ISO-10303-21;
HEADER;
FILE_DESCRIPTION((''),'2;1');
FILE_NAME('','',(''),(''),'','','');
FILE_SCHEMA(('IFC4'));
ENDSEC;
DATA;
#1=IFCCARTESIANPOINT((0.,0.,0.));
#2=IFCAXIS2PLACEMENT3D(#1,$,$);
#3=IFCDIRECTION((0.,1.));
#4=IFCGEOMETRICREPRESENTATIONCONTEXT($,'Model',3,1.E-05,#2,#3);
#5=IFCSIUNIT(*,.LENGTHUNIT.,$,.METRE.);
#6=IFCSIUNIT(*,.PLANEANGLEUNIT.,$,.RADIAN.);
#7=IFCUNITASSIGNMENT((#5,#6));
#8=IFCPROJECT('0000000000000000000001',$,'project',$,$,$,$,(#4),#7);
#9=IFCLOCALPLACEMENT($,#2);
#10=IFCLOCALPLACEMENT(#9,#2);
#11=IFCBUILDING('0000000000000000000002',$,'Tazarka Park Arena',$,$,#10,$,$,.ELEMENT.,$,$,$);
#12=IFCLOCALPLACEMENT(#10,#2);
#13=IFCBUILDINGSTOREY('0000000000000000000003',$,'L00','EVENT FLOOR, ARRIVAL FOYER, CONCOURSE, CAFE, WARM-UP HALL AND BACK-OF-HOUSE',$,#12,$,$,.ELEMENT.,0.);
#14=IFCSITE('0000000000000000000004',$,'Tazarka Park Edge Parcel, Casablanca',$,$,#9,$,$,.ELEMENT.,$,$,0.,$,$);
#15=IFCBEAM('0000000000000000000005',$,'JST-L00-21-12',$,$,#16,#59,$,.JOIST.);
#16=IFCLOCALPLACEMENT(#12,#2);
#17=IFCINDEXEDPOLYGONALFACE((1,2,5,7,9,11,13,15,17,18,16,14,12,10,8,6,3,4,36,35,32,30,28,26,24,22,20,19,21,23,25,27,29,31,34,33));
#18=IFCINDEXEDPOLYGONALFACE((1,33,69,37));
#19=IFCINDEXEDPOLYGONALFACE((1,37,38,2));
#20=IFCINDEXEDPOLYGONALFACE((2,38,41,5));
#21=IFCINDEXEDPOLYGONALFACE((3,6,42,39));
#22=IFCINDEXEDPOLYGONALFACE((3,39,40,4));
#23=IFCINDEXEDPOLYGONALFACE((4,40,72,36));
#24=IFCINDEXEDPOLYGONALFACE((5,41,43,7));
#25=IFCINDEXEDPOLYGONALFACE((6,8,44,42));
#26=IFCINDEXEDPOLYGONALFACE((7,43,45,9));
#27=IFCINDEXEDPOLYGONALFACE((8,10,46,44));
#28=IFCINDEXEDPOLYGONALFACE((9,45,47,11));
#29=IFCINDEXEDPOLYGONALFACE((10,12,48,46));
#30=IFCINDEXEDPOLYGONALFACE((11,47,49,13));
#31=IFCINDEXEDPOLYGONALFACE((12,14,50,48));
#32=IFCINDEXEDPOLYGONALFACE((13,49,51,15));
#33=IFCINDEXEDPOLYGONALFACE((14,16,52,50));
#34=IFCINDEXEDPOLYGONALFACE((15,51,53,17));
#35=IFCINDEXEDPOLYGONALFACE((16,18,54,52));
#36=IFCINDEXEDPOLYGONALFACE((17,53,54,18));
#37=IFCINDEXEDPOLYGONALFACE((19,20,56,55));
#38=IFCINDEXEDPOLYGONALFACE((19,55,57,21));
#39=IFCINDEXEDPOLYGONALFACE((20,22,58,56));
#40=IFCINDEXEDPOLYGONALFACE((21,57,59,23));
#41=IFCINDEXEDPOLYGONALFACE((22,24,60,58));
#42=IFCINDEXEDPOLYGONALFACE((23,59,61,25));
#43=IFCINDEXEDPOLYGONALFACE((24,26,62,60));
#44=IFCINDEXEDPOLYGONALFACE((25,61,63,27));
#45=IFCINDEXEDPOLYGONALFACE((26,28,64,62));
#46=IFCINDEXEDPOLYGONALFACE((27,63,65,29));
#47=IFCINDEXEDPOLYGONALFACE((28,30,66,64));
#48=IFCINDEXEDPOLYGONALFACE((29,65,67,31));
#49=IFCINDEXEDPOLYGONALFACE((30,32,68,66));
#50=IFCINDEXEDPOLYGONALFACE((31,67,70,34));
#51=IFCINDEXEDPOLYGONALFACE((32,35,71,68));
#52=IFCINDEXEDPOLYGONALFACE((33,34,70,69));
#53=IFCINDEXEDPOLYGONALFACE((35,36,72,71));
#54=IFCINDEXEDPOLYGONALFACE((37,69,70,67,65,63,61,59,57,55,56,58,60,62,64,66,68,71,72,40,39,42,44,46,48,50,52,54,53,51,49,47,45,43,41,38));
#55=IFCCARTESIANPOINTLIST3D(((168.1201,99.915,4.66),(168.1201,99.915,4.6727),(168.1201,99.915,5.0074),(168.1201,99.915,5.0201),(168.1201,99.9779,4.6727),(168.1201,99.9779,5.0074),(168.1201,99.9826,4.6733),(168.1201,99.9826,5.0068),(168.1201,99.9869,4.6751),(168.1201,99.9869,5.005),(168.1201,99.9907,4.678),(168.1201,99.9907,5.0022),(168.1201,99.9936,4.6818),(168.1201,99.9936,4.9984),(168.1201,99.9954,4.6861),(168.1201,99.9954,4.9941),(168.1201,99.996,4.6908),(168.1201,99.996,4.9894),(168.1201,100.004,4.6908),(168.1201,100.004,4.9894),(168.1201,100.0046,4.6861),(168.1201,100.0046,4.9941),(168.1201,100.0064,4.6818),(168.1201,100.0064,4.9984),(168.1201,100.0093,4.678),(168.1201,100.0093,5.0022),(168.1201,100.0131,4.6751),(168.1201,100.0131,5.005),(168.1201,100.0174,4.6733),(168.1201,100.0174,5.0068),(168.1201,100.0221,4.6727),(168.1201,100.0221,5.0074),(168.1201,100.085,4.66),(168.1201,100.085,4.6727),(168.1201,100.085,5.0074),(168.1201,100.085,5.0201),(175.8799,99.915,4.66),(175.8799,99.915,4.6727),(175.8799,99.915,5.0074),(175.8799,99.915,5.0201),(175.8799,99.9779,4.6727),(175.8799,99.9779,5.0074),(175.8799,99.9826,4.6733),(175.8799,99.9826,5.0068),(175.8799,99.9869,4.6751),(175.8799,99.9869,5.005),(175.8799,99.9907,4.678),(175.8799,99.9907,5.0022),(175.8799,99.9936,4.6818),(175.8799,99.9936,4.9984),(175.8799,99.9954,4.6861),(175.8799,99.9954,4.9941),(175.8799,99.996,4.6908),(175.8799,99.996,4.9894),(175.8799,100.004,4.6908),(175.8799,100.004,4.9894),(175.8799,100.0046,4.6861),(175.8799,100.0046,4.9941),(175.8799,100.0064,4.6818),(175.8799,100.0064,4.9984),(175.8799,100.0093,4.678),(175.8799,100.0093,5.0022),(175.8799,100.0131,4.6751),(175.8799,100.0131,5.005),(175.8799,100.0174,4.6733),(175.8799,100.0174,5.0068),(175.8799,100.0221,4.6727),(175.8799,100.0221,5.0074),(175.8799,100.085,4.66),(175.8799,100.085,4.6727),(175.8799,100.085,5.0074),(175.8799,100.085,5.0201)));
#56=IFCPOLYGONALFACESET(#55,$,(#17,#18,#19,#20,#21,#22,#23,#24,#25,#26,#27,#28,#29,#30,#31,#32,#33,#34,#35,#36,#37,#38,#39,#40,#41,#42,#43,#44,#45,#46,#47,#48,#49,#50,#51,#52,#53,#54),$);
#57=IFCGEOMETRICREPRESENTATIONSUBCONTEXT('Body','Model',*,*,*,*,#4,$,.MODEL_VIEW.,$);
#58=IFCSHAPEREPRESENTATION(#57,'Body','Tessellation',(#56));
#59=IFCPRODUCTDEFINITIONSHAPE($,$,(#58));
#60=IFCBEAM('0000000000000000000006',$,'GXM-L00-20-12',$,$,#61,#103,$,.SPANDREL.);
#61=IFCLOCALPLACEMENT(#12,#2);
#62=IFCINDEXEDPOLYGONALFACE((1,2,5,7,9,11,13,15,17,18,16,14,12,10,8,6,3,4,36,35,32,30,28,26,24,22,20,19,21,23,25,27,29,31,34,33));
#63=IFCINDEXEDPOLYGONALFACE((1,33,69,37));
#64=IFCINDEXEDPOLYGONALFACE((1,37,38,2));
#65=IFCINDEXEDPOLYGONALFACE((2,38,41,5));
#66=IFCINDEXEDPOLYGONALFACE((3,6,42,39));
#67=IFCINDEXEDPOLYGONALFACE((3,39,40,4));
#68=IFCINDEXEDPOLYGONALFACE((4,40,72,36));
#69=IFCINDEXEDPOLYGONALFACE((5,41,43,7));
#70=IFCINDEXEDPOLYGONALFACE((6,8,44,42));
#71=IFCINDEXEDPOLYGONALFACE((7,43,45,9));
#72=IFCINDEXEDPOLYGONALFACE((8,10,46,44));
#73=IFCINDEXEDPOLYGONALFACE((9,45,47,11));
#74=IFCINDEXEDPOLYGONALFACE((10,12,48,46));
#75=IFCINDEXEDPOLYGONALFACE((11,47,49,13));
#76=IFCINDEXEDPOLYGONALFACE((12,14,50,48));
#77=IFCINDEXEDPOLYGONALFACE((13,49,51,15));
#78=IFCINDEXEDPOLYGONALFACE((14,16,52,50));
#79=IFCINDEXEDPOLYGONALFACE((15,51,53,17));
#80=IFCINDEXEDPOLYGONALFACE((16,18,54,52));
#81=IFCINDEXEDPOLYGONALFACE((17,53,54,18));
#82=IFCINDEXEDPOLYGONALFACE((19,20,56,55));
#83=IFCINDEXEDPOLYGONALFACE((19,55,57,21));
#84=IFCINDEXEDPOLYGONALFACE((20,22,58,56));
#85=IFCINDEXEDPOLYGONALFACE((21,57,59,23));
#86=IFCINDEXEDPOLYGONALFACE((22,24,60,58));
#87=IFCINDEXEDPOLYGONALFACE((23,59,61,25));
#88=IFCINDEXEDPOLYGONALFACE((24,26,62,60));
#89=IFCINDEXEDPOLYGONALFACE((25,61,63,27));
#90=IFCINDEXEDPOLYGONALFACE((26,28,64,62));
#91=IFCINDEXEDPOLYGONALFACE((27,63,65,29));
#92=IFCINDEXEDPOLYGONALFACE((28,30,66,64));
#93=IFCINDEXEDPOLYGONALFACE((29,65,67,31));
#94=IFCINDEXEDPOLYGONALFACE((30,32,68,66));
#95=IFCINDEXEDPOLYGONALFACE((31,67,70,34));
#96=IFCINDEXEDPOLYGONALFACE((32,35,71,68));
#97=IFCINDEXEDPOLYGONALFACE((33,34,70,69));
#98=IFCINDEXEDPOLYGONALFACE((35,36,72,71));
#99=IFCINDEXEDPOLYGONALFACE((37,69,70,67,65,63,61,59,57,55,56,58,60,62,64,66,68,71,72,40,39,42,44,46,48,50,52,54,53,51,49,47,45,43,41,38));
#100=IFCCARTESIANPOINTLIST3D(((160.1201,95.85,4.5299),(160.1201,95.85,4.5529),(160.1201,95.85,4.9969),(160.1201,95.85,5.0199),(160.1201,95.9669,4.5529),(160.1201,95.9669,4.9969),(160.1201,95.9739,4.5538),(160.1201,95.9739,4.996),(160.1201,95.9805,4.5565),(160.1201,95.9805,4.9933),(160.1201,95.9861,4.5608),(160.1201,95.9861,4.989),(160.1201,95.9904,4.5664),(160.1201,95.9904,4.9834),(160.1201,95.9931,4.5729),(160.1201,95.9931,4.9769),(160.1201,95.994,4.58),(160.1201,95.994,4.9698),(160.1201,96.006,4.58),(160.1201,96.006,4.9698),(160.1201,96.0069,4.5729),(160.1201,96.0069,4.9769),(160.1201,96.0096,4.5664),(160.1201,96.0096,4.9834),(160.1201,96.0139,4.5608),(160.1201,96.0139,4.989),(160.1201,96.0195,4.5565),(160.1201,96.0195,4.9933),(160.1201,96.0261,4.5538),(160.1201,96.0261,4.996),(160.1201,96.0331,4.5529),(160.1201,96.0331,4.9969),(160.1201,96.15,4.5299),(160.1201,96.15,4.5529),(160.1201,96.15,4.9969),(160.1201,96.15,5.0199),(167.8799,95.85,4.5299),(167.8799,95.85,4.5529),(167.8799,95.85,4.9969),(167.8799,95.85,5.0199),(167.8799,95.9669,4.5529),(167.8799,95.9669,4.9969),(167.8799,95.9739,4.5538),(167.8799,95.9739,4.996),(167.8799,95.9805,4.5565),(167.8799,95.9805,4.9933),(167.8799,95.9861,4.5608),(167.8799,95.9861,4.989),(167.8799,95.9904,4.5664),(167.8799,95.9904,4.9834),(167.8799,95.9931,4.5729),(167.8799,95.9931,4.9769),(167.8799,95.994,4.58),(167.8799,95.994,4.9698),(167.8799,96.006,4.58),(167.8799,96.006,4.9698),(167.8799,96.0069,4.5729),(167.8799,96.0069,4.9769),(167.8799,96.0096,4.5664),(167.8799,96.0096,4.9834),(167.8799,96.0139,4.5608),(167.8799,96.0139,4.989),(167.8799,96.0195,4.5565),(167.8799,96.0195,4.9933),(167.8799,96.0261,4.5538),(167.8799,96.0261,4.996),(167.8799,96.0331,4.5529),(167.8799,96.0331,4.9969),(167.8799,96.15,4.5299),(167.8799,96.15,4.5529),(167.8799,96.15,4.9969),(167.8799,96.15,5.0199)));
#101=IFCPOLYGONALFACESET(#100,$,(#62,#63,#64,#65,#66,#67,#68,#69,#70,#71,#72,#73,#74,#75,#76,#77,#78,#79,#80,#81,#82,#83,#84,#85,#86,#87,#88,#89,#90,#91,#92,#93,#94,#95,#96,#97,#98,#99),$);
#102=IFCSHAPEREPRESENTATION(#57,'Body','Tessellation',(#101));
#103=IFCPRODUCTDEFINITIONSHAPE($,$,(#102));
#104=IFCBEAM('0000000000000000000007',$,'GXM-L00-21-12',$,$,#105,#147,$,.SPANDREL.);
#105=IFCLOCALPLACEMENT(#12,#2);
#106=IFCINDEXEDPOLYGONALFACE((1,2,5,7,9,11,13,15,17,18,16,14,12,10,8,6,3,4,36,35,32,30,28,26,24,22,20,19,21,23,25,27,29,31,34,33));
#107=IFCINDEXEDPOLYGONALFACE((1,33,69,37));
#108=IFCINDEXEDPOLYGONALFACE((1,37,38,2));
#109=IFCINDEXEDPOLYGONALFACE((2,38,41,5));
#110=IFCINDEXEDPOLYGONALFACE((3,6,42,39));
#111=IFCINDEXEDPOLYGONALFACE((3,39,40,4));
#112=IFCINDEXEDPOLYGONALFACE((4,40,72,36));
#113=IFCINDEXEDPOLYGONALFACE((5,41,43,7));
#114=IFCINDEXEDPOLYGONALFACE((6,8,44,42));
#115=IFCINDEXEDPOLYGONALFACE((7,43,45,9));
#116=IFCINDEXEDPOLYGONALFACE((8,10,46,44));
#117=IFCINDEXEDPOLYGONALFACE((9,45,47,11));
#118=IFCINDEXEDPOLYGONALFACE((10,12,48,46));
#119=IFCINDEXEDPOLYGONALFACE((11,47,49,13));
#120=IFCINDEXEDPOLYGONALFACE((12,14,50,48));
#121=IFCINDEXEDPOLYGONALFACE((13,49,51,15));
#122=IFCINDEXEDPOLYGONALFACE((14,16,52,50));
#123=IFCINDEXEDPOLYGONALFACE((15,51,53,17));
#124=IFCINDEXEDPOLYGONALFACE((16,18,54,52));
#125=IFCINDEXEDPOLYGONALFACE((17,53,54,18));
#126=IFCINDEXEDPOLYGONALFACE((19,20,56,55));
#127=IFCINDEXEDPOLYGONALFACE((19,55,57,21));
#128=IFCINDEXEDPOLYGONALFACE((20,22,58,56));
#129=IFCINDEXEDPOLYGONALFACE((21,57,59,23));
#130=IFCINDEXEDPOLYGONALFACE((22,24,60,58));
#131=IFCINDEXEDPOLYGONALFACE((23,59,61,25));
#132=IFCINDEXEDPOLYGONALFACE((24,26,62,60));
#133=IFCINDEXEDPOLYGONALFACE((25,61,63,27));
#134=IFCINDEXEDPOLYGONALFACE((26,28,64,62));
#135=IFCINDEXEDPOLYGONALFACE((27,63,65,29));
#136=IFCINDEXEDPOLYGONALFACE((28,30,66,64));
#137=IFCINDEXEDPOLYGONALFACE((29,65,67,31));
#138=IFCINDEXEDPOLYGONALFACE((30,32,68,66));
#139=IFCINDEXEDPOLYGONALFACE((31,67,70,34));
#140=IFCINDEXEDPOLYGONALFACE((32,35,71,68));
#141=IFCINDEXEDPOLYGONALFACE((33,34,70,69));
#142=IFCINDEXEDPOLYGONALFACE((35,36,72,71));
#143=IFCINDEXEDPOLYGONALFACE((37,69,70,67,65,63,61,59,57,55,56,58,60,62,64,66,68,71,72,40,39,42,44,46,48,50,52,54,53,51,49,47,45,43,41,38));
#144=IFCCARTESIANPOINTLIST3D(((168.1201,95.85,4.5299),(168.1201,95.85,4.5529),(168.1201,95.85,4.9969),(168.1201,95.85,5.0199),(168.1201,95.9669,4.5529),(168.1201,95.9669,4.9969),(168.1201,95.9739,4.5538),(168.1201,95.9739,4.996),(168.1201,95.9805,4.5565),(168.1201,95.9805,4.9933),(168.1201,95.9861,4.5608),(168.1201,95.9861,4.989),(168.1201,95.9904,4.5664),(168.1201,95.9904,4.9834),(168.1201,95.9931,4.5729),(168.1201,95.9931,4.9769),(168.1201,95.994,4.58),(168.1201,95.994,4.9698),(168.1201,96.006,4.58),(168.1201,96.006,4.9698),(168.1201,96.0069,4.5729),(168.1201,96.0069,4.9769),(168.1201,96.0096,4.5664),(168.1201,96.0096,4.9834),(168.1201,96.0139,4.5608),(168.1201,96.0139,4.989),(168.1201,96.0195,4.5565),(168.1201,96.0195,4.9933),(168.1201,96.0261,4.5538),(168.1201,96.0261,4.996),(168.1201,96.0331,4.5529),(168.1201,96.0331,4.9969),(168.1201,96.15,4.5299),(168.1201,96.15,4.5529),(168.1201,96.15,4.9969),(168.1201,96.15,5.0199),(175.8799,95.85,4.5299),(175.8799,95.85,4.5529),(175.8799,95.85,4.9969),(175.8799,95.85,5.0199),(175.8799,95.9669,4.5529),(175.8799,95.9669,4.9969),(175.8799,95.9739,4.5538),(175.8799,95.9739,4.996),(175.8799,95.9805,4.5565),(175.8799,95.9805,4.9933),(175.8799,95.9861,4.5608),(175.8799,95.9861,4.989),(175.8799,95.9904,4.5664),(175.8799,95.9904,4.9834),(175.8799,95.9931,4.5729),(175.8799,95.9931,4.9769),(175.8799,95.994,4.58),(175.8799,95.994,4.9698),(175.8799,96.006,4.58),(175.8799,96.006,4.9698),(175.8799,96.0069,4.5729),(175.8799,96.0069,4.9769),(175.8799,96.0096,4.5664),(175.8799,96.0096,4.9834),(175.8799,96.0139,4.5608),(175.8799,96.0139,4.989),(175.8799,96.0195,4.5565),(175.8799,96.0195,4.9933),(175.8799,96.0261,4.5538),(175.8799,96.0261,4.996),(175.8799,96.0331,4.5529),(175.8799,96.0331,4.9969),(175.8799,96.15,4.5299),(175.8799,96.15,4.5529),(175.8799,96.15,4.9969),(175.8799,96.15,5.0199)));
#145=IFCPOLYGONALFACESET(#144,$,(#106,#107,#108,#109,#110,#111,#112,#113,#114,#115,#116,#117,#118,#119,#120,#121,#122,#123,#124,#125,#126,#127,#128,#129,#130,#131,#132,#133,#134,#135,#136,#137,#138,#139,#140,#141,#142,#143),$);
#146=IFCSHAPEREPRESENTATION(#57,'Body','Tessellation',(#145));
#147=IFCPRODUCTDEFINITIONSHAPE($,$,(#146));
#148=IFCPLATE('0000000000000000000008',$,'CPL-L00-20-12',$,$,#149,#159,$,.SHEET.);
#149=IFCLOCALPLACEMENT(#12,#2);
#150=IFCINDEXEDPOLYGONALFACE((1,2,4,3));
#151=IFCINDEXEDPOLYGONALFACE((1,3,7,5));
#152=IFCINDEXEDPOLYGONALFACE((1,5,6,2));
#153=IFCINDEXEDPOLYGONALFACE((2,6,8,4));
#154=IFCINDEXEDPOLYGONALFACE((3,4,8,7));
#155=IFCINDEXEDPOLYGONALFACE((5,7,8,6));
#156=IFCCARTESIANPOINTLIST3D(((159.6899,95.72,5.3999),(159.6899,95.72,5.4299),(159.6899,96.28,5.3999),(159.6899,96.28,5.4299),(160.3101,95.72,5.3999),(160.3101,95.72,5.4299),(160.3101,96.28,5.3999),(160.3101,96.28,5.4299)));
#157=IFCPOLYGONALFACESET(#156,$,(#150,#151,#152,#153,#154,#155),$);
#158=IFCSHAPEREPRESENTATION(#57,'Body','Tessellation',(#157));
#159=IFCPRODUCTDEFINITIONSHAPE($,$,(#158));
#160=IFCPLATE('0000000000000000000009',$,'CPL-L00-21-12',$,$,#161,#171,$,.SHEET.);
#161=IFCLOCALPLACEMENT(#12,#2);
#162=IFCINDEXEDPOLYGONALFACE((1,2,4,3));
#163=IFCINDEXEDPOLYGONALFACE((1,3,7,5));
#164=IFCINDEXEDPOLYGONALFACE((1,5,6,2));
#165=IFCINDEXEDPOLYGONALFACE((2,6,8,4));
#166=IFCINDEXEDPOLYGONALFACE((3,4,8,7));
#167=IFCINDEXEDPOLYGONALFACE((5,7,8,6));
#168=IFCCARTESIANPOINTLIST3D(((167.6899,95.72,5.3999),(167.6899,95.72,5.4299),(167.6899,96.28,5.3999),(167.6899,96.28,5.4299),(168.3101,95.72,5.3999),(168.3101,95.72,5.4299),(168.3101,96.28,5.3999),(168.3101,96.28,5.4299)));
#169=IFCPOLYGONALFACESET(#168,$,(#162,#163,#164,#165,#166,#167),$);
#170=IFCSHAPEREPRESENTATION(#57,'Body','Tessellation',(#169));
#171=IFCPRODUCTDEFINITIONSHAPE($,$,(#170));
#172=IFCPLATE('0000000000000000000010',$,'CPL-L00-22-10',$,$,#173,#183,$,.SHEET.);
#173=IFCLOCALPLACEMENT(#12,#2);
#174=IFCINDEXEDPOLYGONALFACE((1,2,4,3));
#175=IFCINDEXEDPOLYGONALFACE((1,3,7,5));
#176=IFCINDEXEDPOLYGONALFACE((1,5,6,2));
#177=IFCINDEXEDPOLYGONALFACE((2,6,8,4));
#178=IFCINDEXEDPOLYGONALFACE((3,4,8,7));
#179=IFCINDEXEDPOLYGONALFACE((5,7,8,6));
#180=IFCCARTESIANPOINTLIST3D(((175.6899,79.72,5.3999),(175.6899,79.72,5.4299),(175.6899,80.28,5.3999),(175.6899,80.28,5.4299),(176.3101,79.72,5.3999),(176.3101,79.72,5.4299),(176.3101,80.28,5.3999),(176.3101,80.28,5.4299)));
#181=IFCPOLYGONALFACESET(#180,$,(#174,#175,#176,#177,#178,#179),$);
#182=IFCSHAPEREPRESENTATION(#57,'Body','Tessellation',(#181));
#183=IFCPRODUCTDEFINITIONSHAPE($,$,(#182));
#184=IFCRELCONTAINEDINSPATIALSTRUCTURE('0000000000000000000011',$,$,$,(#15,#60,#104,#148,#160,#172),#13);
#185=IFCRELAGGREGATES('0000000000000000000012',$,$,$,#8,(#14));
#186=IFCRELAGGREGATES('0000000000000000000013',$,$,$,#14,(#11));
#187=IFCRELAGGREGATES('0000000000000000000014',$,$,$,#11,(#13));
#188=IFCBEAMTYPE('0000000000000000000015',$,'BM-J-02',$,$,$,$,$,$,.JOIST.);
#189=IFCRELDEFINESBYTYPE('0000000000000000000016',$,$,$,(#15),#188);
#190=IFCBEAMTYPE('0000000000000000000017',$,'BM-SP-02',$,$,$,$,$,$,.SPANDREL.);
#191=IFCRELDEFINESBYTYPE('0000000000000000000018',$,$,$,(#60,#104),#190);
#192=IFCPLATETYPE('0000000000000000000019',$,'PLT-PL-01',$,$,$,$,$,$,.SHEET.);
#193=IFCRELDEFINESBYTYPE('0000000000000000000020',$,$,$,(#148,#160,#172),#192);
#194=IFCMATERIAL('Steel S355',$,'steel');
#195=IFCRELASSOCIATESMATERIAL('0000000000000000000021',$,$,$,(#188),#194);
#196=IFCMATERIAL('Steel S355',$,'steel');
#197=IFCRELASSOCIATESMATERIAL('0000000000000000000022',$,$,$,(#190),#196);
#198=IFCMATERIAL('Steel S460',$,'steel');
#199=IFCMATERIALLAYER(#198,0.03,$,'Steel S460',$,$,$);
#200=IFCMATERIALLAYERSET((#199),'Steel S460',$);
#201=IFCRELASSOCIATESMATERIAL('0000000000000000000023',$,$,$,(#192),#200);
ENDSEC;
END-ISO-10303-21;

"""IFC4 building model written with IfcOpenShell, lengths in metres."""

from ifc_helpers import new_model, si_unit, direction, frame, origin, origin_2d, place, context, subcontext, project, spatial, rectangle, i_section, extrude, material, layer, layer_set, material_profile, profile_set, type_object, element, save


model = new_model("IFC4")

# Units and contexts
model_context = context("Model", 3, precision=1e-05, world=origin(), true_north=direction((0.0, 1.0)))
body_context = subcontext(model_context, "Body", "Model", "MODEL_VIEW")
ifc_project = project(units=[si_unit("LENGTHUNIT", "METRE"), si_unit("PLANEANGLEUNIT", "RADIAN")], contexts=[model_context])

# Site, building, storey
site_placement = place(None, origin())
site = spatial("IfcSite", under=ifc_project, at=site_placement, Name="Tazarka Park Edge Parcel, Casablanca", CompositionType="ELEMENT", RefElevation=0.0)
building_placement = place(site_placement, origin())
building = spatial("IfcBuilding", under=site, at=building_placement, Name="Tazarka Park Arena", CompositionType="ELEMENT")
storey_placement = place(building_placement, origin())
storey = spatial("IfcBuildingStorey", under=building, at=storey_placement, Name="L00", Description="EVENT FLOOR, ARRIVAL FOYER, CONCOURSE, CAFE, WARM-UP HALL AND BACK-OF-HOUSE", CompositionType="ELEMENT", Elevation=0.0)

# Beams
ifc_material_1 = material(Name="Steel S355", Category="steel")
ifc_material_profile_1 = material_profile(ifc_material_1, i_section(OverallWidth=0.1699, OverallDepth=0.3601, WebThickness=0.0081, FlangeThickness=0.0127, FilletRadius=0.0181, at=origin_2d()), Name="Steel S355")
ifc_profile_set_1 = profile_set([ifc_material_profile_1], Name="Steel S355")
beam_type_1 = type_object("IfcBeamType", Name="BM-J-02", PredefinedType="JOIST", material=ifc_profile_set_1)
beam_1_placement = place(storey_placement, frame((168.1201, 100.0, 4.8401), z_axis=(1.0, 0.0, 0.0), x_axis=(0.0, 1.0, 0.0)))
element("IfcBeam", 1, at=beam_1_placement, inside=storey, type_object=beam_type_1, Name="JST-L00-21-12", PredefinedType="JOIST", context=body_context, shape_type="SweptSolid", body=[
    extrude(i_section(OverallWidth=0.1699, OverallDepth=0.3601, WebThickness=0.0081, FlangeThickness=0.0127, FilletRadius=0.0181, at=origin_2d()), origin(), (0.0, 0.0, 1.0), 7.7598),
])
ifc_material_2 = material(Name="Steel S355", Category="steel")
ifc_material_profile_2 = material_profile(ifc_material_2, i_section(OverallWidth=0.3, OverallDepth=0.49, WebThickness=0.012, FlangeThickness=0.0229, FilletRadius=0.0271, at=origin_2d()), Name="Steel S355")
ifc_profile_set_2 = profile_set([ifc_material_profile_2], Name="Steel S355")
beam_type_2 = type_object("IfcBeamType", Name="BM-SP-02", PredefinedType="SPANDREL", material=ifc_profile_set_2)
for number, where, z_axis, x_axis, name in (
    (2, (160.1201, 96.0, 4.7749), (1.0, 0.0, 0.0), (0.0, 1.0, 0.0), "GXM-L00-20-12"),
    (3, (168.1201, 96.0, 4.7749), (1.0, 0.0, 0.0), (0.0, 1.0, 0.0), "GXM-L00-21-12"),
):
    element("IfcBeam", number, at=place(storey_placement, frame(where, z_axis=z_axis, x_axis=x_axis)), inside=storey, type_object=beam_type_2, Name=name, PredefinedType="SPANDREL", context=body_context, shape_type="SweptSolid", body=[
        extrude(i_section(OverallWidth=0.3, OverallDepth=0.49, WebThickness=0.012, FlangeThickness=0.0229, FilletRadius=0.0271, at=origin_2d()), origin(), (0.0, 0.0, 1.0), 7.7598),
    ])

# Plates
ifc_material_3 = material(Name="Steel S460", Category="steel")
ifc_layer_1 = layer(ifc_material_3, 0.03, Name="Steel S460")
ifc_layer_set_1 = layer_set([ifc_layer_1], Name="Steel S460")
plate_type = type_object("IfcPlateType", Name="PLT-PL-01", PredefinedType="SHEET", material=ifc_layer_set_1)
for number, where, z_axis, x_axis, name in (
    (4, (160.0, 96.0, 5.3999), (0.0, 0.0, 1.0), (1.0, 0.0, 0.0), "CPL-L00-20-12"),
    (5, (168.0, 96.0, 5.3999), (0.0, 0.0, 1.0), (1.0, 0.0, 0.0), "CPL-L00-21-12"),
    (6, (176.0, 80.0, 5.3999), (0.0, 0.0, 1.0), (1.0, 0.0, 0.0), "CPL-L00-22-10"),
):
    element("IfcPlate", number, at=place(storey_placement, frame(where, z_axis=z_axis, x_axis=x_axis)), inside=storey, type_object=plate_type, Name=name, PredefinedType="SHEET", context=body_context, shape_type="SweptSolid", body=[
        extrude(rectangle(XDim=0.6201, YDim=0.5601, at=origin_2d()), origin(), (0.0, 0.0, 1.0), 0.03),
    ])

save(model, "model.ifc")
